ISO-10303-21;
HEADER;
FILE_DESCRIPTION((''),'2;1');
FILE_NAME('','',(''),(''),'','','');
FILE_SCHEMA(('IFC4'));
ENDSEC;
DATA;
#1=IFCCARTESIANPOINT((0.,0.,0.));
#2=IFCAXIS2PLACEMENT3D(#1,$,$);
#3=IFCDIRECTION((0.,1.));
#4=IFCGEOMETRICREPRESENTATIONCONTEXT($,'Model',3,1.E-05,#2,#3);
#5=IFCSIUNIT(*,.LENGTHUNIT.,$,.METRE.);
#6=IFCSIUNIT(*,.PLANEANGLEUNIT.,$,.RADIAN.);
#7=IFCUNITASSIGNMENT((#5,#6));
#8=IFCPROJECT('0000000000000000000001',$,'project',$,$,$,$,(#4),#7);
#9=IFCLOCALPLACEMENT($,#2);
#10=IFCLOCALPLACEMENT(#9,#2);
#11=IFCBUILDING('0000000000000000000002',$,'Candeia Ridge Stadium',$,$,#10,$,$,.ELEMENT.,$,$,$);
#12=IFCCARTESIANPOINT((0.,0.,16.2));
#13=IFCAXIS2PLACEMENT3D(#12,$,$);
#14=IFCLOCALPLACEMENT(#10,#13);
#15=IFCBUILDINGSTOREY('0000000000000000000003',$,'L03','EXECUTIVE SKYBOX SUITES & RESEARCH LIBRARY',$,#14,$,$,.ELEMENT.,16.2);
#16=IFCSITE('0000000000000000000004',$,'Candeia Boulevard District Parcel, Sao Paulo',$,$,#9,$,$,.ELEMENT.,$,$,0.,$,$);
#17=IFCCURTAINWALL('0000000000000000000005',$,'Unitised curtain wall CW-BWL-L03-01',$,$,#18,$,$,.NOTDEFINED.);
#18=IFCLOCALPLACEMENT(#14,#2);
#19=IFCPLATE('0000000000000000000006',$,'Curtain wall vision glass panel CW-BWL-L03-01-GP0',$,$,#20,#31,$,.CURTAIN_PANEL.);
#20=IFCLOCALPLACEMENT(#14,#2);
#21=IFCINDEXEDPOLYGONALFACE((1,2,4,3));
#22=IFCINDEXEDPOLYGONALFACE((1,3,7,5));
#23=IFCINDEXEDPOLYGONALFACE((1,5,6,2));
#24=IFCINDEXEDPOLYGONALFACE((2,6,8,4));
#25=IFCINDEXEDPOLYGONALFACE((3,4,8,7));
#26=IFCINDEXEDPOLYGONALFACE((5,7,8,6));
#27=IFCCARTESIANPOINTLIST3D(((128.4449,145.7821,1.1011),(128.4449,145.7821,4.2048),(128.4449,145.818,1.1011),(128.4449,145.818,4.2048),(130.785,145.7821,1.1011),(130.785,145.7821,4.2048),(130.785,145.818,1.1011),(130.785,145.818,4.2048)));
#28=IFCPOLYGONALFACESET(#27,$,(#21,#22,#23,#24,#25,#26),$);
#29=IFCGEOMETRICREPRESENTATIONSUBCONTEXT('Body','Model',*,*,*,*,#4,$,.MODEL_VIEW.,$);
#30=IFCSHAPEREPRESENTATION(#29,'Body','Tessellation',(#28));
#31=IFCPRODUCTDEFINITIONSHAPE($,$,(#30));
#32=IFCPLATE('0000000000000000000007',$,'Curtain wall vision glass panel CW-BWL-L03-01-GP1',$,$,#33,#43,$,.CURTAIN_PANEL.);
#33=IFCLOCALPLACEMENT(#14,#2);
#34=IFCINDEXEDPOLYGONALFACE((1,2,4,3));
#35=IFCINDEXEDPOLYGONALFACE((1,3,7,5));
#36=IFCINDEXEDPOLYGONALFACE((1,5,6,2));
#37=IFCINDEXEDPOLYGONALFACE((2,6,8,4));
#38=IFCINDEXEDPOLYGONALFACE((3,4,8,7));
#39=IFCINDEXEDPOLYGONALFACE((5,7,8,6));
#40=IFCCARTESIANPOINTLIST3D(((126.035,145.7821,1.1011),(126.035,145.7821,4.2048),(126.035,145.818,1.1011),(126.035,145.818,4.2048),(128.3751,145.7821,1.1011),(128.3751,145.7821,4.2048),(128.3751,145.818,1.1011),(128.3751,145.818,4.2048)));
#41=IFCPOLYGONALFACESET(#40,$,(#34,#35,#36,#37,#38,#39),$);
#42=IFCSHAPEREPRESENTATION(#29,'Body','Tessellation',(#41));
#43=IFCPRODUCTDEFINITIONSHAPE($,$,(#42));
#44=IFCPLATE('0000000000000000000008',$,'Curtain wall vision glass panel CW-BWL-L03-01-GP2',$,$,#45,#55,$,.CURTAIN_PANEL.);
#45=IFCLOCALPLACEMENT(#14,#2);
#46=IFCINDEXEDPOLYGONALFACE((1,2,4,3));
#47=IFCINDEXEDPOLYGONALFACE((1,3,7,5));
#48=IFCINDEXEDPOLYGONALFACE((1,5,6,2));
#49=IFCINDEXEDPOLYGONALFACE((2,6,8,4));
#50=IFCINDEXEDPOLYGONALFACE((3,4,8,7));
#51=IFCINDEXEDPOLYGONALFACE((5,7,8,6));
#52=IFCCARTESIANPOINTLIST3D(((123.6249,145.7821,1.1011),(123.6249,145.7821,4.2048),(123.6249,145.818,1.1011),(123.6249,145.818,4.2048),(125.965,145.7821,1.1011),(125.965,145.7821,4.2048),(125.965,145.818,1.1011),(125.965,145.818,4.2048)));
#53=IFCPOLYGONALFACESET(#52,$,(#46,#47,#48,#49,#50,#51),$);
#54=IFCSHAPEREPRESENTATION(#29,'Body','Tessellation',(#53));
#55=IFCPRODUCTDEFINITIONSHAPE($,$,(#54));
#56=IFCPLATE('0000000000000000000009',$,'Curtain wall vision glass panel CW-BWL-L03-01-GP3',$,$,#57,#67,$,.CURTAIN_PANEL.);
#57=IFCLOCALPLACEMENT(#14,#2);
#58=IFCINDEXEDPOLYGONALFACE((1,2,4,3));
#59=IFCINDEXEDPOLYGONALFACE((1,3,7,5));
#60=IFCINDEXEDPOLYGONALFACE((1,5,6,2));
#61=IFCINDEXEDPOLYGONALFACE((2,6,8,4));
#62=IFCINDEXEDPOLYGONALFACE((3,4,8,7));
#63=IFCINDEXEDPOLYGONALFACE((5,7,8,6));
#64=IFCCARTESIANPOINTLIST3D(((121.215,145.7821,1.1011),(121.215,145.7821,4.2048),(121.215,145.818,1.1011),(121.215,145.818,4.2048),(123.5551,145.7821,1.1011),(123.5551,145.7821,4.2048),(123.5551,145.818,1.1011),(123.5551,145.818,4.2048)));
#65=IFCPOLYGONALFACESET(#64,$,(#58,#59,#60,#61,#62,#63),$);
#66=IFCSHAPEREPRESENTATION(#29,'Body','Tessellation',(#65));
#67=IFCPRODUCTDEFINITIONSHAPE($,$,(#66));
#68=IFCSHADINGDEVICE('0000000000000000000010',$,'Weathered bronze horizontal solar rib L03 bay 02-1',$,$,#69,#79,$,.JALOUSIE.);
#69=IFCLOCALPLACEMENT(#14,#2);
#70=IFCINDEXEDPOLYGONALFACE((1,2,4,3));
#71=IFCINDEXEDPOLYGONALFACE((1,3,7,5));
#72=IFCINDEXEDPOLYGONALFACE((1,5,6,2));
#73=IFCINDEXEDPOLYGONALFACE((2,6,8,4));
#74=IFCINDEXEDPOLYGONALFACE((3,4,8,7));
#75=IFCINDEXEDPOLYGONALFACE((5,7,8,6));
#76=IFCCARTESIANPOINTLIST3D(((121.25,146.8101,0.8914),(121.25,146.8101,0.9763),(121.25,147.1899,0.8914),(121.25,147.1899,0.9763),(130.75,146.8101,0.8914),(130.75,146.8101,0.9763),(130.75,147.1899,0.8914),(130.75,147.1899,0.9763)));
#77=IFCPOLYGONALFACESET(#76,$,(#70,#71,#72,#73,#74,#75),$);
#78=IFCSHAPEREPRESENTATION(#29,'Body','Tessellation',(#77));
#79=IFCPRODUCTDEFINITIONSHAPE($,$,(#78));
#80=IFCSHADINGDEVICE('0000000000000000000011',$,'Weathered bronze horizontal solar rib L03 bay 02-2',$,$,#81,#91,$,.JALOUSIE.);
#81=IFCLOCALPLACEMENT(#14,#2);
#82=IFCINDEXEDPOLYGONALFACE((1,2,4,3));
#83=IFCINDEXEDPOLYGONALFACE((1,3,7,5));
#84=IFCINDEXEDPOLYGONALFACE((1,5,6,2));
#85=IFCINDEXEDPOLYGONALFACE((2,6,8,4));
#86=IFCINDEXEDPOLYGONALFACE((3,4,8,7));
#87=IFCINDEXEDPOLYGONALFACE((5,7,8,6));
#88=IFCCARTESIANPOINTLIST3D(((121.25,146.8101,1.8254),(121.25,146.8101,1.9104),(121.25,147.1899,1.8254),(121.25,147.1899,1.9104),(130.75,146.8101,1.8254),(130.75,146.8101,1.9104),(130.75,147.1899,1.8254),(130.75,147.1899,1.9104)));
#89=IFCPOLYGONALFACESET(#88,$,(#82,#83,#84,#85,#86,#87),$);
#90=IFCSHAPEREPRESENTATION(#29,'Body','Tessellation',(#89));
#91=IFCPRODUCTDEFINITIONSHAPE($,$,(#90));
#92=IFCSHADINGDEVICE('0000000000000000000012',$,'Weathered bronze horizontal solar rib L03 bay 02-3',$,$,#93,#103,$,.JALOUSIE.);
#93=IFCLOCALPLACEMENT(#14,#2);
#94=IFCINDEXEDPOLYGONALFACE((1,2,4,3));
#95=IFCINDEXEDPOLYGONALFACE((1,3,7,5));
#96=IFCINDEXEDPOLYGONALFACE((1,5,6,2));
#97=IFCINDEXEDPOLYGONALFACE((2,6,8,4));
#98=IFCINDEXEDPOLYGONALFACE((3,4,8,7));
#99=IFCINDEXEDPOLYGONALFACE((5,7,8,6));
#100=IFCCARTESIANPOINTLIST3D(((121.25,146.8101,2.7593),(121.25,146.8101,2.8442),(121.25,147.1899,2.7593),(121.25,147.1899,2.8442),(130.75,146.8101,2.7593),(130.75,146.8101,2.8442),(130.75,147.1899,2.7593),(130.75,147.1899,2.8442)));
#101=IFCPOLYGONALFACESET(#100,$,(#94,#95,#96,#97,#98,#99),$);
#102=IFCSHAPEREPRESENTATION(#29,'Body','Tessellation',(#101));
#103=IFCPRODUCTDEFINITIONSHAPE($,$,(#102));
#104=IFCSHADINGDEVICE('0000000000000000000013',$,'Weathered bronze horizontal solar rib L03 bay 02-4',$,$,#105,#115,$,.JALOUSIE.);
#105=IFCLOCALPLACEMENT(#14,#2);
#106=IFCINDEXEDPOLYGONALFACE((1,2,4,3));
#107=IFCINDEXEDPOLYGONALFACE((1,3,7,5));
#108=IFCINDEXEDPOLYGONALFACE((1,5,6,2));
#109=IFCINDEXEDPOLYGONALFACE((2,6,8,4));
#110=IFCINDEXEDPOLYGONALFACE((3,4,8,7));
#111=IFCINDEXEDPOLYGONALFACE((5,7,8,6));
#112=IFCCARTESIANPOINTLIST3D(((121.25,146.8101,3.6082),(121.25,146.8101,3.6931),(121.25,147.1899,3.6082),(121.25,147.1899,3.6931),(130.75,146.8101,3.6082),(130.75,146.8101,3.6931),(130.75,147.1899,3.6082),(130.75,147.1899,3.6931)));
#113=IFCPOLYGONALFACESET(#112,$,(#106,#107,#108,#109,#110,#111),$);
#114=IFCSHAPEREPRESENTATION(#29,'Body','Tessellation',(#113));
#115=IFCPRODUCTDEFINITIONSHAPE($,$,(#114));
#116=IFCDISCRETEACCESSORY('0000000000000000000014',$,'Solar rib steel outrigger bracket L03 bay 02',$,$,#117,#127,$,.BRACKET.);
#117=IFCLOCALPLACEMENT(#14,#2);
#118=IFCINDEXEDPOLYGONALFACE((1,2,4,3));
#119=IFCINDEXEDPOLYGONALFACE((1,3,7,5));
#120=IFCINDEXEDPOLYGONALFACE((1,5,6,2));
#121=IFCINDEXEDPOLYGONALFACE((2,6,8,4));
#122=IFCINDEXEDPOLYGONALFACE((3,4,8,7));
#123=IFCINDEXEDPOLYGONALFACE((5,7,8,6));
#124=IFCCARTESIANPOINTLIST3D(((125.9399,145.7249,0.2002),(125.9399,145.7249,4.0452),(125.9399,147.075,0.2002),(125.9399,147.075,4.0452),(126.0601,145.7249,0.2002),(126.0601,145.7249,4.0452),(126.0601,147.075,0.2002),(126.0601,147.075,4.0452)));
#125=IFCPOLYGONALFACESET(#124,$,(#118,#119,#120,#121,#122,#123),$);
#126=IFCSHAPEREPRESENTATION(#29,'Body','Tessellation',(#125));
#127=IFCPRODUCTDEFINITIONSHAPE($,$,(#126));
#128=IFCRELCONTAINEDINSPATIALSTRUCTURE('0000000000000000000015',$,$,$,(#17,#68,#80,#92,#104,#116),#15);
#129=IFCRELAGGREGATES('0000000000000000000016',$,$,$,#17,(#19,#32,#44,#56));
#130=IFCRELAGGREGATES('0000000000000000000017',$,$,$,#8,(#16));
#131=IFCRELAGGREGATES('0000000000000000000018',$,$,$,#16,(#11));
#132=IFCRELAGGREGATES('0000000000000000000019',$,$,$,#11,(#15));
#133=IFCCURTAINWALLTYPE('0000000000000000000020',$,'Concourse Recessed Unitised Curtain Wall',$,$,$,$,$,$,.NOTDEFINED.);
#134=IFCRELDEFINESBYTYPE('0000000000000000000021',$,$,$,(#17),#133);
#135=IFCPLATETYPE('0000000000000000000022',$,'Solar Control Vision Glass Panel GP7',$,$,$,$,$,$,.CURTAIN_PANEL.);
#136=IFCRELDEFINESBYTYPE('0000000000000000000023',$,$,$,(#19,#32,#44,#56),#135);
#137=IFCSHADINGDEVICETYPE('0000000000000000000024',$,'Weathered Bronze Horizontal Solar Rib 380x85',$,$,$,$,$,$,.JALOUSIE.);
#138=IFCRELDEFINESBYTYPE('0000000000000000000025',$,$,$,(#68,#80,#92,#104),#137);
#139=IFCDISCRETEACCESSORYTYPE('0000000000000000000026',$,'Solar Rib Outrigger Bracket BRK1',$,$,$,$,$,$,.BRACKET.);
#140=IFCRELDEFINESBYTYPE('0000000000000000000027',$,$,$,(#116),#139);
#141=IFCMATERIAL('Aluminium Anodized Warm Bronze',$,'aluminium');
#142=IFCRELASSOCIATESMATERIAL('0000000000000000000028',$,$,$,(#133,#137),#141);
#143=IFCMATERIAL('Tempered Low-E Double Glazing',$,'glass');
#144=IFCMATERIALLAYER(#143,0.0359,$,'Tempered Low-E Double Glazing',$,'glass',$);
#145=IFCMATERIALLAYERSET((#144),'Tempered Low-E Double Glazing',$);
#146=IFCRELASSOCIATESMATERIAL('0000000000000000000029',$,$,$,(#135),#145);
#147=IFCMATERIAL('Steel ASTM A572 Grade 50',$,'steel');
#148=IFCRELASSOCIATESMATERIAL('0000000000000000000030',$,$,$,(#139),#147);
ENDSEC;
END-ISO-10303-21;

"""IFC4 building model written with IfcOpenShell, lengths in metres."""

from ifc_helpers import new_model, si_unit, direction, frame, origin, origin_2d, place, context, subcontext, project, spatial, rectangle, extrude, material, layer, layer_set, type_object, element, aggregate, save


model = new_model("IFC4")

# Units and contexts
model_context = context("Model", 3, precision=1e-05, world=origin(), true_north=direction((0.0, 1.0)))
body_context = subcontext(model_context, "Body", "Model", "MODEL_VIEW")
ifc_project = project(units=[si_unit("LENGTHUNIT", "METRE"), si_unit("PLANEANGLEUNIT", "RADIAN")], contexts=[model_context])

# Site, building, storey
site_placement = place(None, origin())
site = spatial("IfcSite", under=ifc_project, at=site_placement, Name="Candeia Boulevard District Parcel, Sao Paulo", CompositionType="ELEMENT", RefElevation=0.0)
building_placement = place(site_placement, origin())
building = spatial("IfcBuilding", under=site, at=building_placement, Name="Candeia Ridge Stadium", CompositionType="ELEMENT")
storey_placement = place(building_placement, frame((0.0, 0.0, 16.2)))
storey = spatial("IfcBuildingStorey", under=building, at=storey_placement, Name="L03", Description="EXECUTIVE SKYBOX SUITES & RESEARCH LIBRARY", CompositionType="ELEMENT", Elevation=16.2)

# Shared definitions
ifc_material_1 = material(Name="Aluminium Anodized Warm Bronze", Category="aluminium")
curtain_wall_type = type_object("IfcCurtainWallType", Name="Concourse Recessed Unitised Curtain Wall", PredefinedType="NOTDEFINED", material=ifc_material_1)

# Curtain wall
curtain_wall_1_placement = place(storey_placement, origin())
curtain_wall_1 = element("IfcCurtainWall", 1, at=curtain_wall_1_placement, inside=storey, type_object=curtain_wall_type, Name="Unitised curtain wall CW-BWL-L03-01", PredefinedType="NOTDEFINED")

# Plates
ifc_material_2 = material(Name="Tempered Low-E Double Glazing", Category="glass")
ifc_layer_1 = layer(ifc_material_2, 0.0359, Name="Tempered Low-E Double Glazing", Category="glass")
ifc_layer_set_1 = layer_set([ifc_layer_1], Name="Tempered Low-E Double Glazing")
plate_type_1 = type_object("IfcPlateType", Name="Solar Control Vision Glass Panel GP7", PredefinedType="CURTAIN_PANEL", material=ifc_layer_set_1)
plate_1_placement = place(storey_placement, frame((129.615, 145.8, 1.1011), z_axis=(0.0, 0.0, 1.0), x_axis=(-1.0, 0.0, 0.0)))
plate_1 = element("IfcPlate", 2, at=plate_1_placement, type_object=plate_type_1, Name="Curtain wall vision glass panel CW-BWL-L03-01-GP0", PredefinedType="CURTAIN_PANEL", context=body_context, shape_type="SweptSolid", body=[
    extrude(rectangle(XDim=2.3401, YDim=0.0359, at=origin_2d()), origin(), (0.0, 0.0, 1.0), 3.1038),
])
plate_2_placement = place(storey_placement, frame((127.2051, 145.8, 1.1011), z_axis=(0.0, 0.0, 1.0), x_axis=(-1.0, 0.0, 0.0)))
plate_2 = element("IfcPlate", 3, at=plate_2_placement, type_object=plate_type_1, Name="Curtain wall vision glass panel CW-BWL-L03-01-GP1", PredefinedType="CURTAIN_PANEL", context=body_context, shape_type="SweptSolid", body=[
    extrude(rectangle(XDim=2.3401, YDim=0.0359, at=origin_2d()), origin(), (0.0, 0.0, 1.0), 3.1038),
])
plate_3_placement = place(storey_placement, frame((124.7949, 145.8, 1.1011), z_axis=(0.0, 0.0, 1.0), x_axis=(-1.0, 0.0, 0.0)))
plate_3 = element("IfcPlate", 4, at=plate_3_placement, type_object=plate_type_1, Name="Curtain wall vision glass panel CW-BWL-L03-01-GP2", PredefinedType="CURTAIN_PANEL", context=body_context, shape_type="SweptSolid", body=[
    extrude(rectangle(XDim=2.3401, YDim=0.0359, at=origin_2d()), origin(), (0.0, 0.0, 1.0), 3.1038),
])
plate_4_placement = place(storey_placement, frame((122.385, 145.8, 1.1011), z_axis=(0.0, 0.0, 1.0), x_axis=(-1.0, 0.0, 0.0)))
plate_4 = element("IfcPlate", 5, at=plate_4_placement, type_object=plate_type_1, Name="Curtain wall vision glass panel CW-BWL-L03-01-GP3", PredefinedType="CURTAIN_PANEL", context=body_context, shape_type="SweptSolid", body=[
    extrude(rectangle(XDim=2.3401, YDim=0.0359, at=origin_2d()), origin(), (0.0, 0.0, 1.0), 3.1038),
])
aggregate(curtain_wall_1, [plate_1, plate_2, plate_3, plate_4])

# Shading devices
shading_device_type = type_object("IfcShadingDeviceType", Name="Weathered Bronze Horizontal Solar Rib 380x85", PredefinedType="JALOUSIE", material=ifc_material_1)
for number, where, z_axis, x_axis, name in (
    (6, (126.0, 147.0, 0.8914), (0.0, 0.0, 1.0), (-1.0, 0.0, 0.0), "Weathered bronze horizontal solar rib L03 bay 02-1"),
    (7, (126.0, 147.0, 1.8254), (0.0, 0.0, 1.0), (-1.0, 0.0, 0.0), "Weathered bronze horizontal solar rib L03 bay 02-2"),
    (8, (126.0, 147.0, 2.7593), (0.0, 0.0, 1.0), (-1.0, 0.0, 0.0), "Weathered bronze horizontal solar rib L03 bay 02-3"),
    (9, (126.0, 147.0, 3.6082), (0.0, 0.0, 1.0), (-1.0, 0.0, 0.0), "Weathered bronze horizontal solar rib L03 bay 02-4"),
):
    element("IfcShadingDevice", number, at=place(storey_placement, frame(where, z_axis=z_axis, x_axis=x_axis)), inside=storey, type_object=shading_device_type, Name=name, PredefinedType="JALOUSIE", context=body_context, shape_type="SweptSolid", body=[
        extrude(rectangle(XDim=9.5, YDim=0.3799, at=origin_2d()), origin(), (0.0, 0.0, 1.0), 0.085),
    ])

# Discrete accessory
ifc_material_3 = material(Name="Steel ASTM A572 Grade 50", Category="steel")
discrete_accessory_type = type_object("IfcDiscreteAccessoryType", Name="Solar Rib Outrigger Bracket BRK1", PredefinedType="BRACKET", material=ifc_material_3)
discrete_accessory_placement = place(storey_placement, frame((126.0, 146.3999, 0.2002), z_axis=(0.0, 0.0, 1.0), x_axis=(0.0, 1.0, 0.0)))
element("IfcDiscreteAccessory", 10, at=discrete_accessory_placement, inside=storey, type_object=discrete_accessory_type, Name="Solar rib steel outrigger bracket L03 bay 02", PredefinedType="BRACKET", context=body_context, shape_type="SweptSolid", body=[
    extrude(rectangle(XDim=1.3501, YDim=0.1201, at=origin_2d()), origin(), (0.0, 0.0, 1.0), 3.845),
])

save(model, "model.ifc")
